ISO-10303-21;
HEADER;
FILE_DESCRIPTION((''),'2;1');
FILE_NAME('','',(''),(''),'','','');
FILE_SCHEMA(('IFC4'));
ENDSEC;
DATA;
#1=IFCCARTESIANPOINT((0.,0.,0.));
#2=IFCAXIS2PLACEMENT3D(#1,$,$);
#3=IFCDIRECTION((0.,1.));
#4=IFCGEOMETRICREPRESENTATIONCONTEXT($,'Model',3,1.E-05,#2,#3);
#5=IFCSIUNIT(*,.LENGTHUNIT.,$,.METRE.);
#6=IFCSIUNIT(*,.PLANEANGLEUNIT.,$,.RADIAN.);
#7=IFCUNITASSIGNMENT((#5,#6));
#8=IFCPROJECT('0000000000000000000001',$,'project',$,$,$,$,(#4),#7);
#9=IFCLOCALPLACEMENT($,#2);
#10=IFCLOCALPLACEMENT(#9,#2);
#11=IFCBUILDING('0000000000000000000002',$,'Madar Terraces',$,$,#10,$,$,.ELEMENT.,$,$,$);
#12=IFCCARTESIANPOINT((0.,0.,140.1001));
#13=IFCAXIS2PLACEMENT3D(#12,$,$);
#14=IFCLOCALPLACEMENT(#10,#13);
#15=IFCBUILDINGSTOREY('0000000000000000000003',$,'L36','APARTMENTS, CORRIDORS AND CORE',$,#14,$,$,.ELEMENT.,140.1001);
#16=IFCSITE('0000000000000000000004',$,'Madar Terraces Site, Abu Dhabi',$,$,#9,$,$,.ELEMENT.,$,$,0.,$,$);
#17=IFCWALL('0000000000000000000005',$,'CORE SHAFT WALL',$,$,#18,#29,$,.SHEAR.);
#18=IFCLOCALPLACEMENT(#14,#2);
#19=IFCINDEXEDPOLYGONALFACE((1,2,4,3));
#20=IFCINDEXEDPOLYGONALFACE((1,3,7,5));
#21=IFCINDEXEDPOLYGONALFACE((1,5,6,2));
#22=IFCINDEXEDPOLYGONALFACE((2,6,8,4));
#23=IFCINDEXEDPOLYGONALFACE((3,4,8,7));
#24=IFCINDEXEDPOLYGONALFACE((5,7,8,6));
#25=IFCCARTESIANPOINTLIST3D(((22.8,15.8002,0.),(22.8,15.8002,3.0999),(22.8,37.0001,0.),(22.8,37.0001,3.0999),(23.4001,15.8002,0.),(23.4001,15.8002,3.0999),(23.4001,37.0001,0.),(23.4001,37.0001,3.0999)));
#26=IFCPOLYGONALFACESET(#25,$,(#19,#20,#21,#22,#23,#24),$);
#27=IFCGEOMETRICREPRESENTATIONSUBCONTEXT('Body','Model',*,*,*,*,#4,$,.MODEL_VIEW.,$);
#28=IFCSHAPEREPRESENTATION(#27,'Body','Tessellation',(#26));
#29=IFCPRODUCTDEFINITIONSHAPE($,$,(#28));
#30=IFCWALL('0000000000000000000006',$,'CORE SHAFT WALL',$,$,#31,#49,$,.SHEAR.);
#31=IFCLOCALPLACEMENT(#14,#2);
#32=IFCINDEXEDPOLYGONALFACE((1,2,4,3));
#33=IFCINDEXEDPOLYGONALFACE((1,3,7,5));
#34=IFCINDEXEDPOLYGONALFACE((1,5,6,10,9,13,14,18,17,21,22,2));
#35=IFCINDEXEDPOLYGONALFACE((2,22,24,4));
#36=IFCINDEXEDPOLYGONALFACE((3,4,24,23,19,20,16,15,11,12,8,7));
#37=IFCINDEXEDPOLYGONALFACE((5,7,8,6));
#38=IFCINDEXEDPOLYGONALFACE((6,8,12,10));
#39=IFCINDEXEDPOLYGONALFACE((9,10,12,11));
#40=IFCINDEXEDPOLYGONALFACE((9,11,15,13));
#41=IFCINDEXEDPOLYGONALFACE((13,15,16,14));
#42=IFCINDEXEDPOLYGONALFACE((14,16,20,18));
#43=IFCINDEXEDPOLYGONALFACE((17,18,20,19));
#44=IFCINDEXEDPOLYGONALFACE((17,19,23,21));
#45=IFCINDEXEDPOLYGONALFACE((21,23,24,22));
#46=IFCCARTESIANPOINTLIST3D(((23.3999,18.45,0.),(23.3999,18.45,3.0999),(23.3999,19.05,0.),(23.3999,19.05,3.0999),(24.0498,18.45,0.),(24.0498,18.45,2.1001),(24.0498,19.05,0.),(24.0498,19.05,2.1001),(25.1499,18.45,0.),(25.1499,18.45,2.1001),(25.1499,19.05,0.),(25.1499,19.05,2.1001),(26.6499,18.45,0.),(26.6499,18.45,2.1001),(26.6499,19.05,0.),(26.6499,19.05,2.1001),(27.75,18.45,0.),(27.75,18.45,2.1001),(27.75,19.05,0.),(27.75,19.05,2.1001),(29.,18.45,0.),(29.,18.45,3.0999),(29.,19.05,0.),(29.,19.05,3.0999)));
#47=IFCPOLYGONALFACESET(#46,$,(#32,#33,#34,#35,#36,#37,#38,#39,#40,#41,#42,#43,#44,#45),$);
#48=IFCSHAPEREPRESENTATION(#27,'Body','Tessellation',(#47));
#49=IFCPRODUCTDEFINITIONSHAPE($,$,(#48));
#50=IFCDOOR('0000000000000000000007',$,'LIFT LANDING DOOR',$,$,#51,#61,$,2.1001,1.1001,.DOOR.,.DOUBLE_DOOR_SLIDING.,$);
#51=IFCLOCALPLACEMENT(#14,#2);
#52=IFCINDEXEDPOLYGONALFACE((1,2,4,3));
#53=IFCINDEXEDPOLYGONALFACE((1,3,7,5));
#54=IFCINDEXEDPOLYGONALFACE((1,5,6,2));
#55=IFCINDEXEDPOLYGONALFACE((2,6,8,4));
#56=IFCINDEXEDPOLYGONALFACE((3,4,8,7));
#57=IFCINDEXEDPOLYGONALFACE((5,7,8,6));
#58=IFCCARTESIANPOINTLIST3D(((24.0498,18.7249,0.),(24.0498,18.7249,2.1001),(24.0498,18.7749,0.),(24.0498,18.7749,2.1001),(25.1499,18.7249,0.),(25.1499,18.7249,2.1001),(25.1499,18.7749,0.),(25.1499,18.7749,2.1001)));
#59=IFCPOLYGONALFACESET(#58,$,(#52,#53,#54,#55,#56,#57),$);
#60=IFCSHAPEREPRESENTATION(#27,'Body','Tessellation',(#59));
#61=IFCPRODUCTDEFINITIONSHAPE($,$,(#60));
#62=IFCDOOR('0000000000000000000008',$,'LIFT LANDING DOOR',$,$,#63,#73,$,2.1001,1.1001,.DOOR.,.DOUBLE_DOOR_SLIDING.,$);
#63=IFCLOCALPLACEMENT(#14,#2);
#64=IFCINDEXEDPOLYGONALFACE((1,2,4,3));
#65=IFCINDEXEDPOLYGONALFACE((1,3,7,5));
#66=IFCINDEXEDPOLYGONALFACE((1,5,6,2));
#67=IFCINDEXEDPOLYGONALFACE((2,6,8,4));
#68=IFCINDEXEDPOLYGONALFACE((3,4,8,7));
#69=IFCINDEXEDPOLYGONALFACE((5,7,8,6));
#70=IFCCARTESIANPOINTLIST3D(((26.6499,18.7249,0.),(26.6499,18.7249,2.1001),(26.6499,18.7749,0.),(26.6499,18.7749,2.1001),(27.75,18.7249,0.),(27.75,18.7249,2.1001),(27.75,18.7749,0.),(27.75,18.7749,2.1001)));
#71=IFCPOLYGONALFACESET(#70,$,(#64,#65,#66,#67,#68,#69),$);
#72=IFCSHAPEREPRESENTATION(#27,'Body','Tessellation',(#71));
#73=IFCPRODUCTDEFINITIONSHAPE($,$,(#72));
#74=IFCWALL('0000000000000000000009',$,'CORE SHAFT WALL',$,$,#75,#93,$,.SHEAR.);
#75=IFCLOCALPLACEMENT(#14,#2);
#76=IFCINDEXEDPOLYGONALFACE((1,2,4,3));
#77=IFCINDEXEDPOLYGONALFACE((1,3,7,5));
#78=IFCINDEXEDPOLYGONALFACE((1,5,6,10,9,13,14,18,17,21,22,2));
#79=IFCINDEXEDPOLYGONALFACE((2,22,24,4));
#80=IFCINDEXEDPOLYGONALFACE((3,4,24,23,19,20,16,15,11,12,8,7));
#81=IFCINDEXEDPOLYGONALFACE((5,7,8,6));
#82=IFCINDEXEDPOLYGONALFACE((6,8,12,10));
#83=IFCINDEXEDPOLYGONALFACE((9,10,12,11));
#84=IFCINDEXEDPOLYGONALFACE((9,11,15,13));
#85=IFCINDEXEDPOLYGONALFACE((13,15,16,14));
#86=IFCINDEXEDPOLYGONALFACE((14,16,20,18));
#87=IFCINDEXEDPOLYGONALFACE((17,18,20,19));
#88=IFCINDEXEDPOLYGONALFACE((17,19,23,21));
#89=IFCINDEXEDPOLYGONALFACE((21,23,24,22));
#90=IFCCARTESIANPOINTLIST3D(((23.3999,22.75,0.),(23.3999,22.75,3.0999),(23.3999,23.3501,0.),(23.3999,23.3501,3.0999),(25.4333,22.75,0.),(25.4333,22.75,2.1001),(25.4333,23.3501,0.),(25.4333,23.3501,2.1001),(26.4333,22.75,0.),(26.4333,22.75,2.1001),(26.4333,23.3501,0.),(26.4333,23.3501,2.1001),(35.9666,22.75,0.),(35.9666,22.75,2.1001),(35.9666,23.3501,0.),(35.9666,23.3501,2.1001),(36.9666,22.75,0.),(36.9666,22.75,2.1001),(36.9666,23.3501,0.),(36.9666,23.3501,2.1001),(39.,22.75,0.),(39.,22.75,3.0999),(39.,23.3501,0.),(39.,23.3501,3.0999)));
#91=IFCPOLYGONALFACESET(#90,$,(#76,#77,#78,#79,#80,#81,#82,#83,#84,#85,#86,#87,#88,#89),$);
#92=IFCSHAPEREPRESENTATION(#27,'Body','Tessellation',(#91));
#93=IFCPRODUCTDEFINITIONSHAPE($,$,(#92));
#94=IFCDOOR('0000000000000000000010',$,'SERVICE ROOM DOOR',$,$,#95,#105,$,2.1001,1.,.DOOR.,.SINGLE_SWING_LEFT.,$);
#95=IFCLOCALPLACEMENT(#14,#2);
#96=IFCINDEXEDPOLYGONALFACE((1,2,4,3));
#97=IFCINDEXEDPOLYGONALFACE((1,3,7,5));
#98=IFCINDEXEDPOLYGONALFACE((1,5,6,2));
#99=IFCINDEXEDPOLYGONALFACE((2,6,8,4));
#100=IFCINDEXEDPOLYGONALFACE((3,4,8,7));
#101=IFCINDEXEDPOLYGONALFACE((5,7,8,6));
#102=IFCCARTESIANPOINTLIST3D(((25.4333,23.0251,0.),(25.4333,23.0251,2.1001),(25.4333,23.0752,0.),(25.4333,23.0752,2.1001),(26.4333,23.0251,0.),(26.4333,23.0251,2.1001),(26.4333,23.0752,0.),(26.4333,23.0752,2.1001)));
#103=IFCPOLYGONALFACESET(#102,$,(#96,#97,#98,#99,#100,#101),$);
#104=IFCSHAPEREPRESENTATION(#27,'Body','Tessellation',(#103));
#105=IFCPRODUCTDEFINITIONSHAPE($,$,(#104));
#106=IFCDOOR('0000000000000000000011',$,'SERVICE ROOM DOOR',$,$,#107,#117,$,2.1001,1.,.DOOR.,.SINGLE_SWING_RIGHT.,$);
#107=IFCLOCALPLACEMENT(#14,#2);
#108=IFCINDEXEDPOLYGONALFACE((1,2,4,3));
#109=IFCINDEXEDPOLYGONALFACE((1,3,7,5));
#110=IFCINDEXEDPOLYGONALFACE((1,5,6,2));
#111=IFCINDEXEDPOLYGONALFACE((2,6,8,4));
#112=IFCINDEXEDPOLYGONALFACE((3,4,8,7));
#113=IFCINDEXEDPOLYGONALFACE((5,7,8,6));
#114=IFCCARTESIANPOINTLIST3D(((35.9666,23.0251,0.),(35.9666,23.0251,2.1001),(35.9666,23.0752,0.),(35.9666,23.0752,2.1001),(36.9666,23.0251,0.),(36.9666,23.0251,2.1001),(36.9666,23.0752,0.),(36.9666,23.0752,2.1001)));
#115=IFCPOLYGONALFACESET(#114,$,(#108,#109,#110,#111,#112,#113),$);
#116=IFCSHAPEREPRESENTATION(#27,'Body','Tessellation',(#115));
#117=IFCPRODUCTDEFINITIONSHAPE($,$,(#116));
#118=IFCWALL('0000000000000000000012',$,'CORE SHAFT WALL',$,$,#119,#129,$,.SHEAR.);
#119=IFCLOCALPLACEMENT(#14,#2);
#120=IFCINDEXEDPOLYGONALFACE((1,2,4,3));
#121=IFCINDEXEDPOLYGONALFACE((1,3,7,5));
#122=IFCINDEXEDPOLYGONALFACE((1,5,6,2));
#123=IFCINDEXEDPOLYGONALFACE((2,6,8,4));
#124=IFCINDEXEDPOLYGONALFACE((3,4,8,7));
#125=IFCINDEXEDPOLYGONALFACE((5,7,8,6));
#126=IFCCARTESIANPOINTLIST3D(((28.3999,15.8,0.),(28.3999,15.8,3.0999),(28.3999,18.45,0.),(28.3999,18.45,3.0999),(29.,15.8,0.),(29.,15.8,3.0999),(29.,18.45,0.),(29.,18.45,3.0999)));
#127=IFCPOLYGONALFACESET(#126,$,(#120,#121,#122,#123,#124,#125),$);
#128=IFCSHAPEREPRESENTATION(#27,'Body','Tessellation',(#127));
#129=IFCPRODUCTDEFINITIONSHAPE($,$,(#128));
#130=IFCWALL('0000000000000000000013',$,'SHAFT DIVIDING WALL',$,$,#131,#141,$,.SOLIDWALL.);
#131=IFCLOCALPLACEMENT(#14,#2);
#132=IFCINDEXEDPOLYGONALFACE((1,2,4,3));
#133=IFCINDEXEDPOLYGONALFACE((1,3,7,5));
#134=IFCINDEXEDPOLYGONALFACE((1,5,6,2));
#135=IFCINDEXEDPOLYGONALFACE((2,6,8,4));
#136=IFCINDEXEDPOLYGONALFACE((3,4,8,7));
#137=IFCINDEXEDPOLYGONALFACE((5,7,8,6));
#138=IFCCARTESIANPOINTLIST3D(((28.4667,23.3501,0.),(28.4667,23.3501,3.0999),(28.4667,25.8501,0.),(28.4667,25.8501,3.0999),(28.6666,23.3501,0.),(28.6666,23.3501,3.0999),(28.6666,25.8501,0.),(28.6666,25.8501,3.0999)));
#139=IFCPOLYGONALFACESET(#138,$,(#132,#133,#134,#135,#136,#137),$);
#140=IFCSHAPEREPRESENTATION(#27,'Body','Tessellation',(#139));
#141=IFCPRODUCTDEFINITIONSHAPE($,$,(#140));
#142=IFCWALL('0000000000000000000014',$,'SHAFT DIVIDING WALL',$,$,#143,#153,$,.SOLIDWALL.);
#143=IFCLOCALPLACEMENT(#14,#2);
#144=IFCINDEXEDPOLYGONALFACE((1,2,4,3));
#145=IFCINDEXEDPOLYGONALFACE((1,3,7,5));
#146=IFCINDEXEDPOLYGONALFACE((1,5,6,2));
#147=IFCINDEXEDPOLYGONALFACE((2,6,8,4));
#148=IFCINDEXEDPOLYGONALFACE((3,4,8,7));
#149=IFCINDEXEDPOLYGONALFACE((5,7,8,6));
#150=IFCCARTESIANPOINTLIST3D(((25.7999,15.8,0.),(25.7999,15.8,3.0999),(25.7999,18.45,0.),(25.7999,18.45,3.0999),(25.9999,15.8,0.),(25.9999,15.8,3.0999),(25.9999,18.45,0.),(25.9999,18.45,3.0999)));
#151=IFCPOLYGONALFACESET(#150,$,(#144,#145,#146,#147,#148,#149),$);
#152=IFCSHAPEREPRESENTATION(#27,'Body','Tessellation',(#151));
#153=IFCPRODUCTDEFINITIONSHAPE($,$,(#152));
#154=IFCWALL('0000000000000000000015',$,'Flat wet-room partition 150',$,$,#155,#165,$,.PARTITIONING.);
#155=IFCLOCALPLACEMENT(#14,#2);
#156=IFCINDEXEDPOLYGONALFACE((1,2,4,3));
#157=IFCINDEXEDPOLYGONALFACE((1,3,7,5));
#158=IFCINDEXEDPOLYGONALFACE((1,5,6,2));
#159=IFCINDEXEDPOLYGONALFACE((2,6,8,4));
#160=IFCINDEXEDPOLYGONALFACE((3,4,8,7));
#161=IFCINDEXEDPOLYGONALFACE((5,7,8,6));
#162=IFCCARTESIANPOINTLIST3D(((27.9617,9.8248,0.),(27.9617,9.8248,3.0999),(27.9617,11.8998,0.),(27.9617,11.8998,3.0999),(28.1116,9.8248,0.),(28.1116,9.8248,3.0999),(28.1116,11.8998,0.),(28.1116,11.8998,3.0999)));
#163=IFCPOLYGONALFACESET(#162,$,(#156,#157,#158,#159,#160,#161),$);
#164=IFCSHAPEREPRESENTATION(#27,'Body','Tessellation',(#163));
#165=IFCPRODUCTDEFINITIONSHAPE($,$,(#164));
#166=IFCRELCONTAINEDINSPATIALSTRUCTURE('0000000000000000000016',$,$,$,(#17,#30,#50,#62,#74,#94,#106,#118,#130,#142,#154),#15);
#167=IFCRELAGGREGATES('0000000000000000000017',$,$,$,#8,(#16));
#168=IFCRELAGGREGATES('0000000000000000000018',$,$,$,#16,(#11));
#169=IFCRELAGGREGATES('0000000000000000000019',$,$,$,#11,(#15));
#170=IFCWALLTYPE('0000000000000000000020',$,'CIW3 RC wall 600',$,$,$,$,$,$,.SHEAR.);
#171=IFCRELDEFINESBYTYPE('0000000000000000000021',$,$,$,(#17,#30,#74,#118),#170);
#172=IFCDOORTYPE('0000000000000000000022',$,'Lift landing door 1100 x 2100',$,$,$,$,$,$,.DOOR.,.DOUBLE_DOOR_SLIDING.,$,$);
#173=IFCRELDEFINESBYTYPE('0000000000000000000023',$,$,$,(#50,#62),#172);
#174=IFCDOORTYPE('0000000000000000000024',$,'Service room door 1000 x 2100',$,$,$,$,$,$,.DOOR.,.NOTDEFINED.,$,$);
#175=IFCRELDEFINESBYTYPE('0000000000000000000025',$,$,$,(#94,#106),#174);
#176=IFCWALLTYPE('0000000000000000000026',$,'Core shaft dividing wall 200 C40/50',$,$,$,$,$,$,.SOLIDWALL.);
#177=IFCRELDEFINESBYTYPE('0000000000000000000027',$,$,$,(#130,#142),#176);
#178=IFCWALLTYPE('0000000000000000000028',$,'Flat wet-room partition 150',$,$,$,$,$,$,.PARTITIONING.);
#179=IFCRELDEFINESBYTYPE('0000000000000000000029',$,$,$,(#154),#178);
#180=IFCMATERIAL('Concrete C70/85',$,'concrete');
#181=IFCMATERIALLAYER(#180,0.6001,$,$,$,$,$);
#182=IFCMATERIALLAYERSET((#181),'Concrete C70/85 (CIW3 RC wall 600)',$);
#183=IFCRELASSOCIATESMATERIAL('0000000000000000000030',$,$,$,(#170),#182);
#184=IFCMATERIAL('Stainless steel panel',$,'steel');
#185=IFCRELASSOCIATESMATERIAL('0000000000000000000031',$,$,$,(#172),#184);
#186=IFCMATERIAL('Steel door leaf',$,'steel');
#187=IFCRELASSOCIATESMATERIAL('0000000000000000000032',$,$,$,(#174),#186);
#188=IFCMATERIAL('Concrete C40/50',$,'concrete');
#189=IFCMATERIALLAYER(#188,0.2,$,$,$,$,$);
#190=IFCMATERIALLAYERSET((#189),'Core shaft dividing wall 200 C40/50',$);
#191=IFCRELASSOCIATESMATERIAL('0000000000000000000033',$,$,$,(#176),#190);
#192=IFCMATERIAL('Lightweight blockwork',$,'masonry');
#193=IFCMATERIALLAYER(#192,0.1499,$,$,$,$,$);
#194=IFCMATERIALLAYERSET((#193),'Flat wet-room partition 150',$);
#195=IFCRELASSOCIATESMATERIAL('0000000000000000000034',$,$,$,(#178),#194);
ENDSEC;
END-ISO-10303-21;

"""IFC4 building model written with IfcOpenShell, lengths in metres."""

from ifc_helpers import new_model, si_unit, direction, frame, frame_2d, origin, place, context, subcontext, project, spatial, rectangle, extrude, material, layer, layer_set, type_object, element, fill, save


model = new_model("IFC4")

# Units and contexts
model_context = context("Model", 3, precision=1e-05, world=origin(), true_north=direction((0.0, 1.0)))
body_context = subcontext(model_context, "Body", "Model", "MODEL_VIEW")
ifc_project = project(units=[si_unit("LENGTHUNIT", "METRE"), si_unit("PLANEANGLEUNIT", "RADIAN")], contexts=[model_context])

# Site, building, storey
site_placement = place(None, origin())
site = spatial("IfcSite", under=ifc_project, at=site_placement, Name="Madar Terraces Site, Abu Dhabi", CompositionType="ELEMENT", RefElevation=0.0)
building_placement = place(site_placement, origin())
building = spatial("IfcBuilding", under=site, at=building_placement, Name="Madar Terraces", CompositionType="ELEMENT")
storey_placement = place(building_placement, frame((0.0, 0.0, 140.1001)))
storey = spatial("IfcBuildingStorey", under=building, at=storey_placement, Name="L36", Description="APARTMENTS, CORRIDORS AND CORE", CompositionType="ELEMENT", Elevation=140.1001)

# Wall
ifc_material_1 = material(Name="Concrete C70/85", Category="concrete")
ifc_layer_1 = layer(ifc_material_1, 0.6001)
ifc_layer_set_1 = layer_set([ifc_layer_1], Name="Concrete C70/85 (CIW3 RC wall 600)")
wall_type_1 = type_object("IfcWallType", Name="CIW3 RC wall 600", PredefinedType="SHEAR", material=ifc_layer_set_1)
wall_1_placement = place(storey_placement, frame((23.1001, 15.8, 0.0), z_axis=(0.0, 0.0, 1.0), x_axis=(0.0, 1.0, 0.0)))
element("IfcWall", 1, at=wall_1_placement, inside=storey, type_object=wall_type_1, Name="CORE SHAFT WALL", PredefinedType="SHEAR", context=body_context, shape_type="SweptSolid", body=[
    extrude(rectangle(XDim=21.2, YDim=0.6001, at=frame_2d((10.6001, 0.0))), origin(), (0.0, 0.0, 1.0), 3.0999),
])

# Walls, openings, doors
wall_2_placement = place(storey_placement, frame((23.3999, 18.75, 0.0), z_axis=(0.0, 0.0, 1.0), x_axis=(1.0, 0.0, 0.0)))
wall_2 = element("IfcWall", 2, at=wall_2_placement, inside=storey, type_object=wall_type_1, Name="CORE SHAFT WALL", PredefinedType="SHEAR", context=body_context, shape_type="SweptSolid", body=[
    extrude(rectangle(XDim=5.6001, YDim=0.6001, at=frame_2d((2.8, 0.0))), origin(), (0.0, 0.0, 1.0), 3.0999),
])
opening_1_placement = place(wall_2_placement, frame((0.6499, 0.0, 0.0)))
opening_1 = element("IfcOpeningElement", 3, at=opening_1_placement, cuts=wall_2, PredefinedType="OPENING", context=body_context, shape_type="SweptSolid", body=[
    extrude(rectangle(XDim=1.1001, YDim=2.1001, at=frame_2d((0.55, 1.05))), frame((0.0, 0.3101, 0.0), z_axis=(0.0, -1.0, 0.0), x_axis=(1.0, 0.0, 0.0)), (0.0, 0.0, 1.0), 0.6201),
])
opening_2_placement = place(wall_2_placement, frame((3.25, 0.0, 0.0)))
opening_2 = element("IfcOpeningElement", 4, at=opening_2_placement, cuts=wall_2, PredefinedType="OPENING", context=body_context, shape_type="SweptSolid", body=[
    extrude(rectangle(XDim=1.1001, YDim=2.1001, at=frame_2d((0.55, 1.05))), frame((0.0, 0.3101, 0.0), z_axis=(0.0, -1.0, 0.0), x_axis=(1.0, 0.0, 0.0)), (0.0, 0.0, 1.0), 0.6201),
])
ifc_material_2 = material(Name="Stainless steel panel", Category="steel")
door_type_1 = type_object("IfcDoorType", Name="Lift landing door 1100 x 2100", OperationType="DOUBLE_DOOR_SLIDING", PredefinedType="DOOR", material=ifc_material_2)
door_1_placement = place(opening_1_placement, origin())
door_1 = element("IfcDoor", 5, at=door_1_placement, inside=storey, type_object=door_type_1, Name="LIFT LANDING DOOR", OperationType="DOUBLE_DOOR_SLIDING", OverallHeight=2.1001, OverallWidth=1.1001, PredefinedType="DOOR", context=body_context, shape_type="SweptSolid", body=[
    extrude(rectangle(XDim=1.1001, YDim=2.1001, at=frame_2d((0.55, 1.05))), frame((0.0, 0.0249, 0.0), z_axis=(0.0, -1.0, 0.0), x_axis=(1.0, 0.0, 0.0)), (0.0, 0.0, 1.0), 0.05),
])
fill(opening_1, door_1)
door_2_placement = place(opening_2_placement, origin())
door_2 = element("IfcDoor", 6, at=door_2_placement, inside=storey, type_object=door_type_1, Name="LIFT LANDING DOOR", OperationType="DOUBLE_DOOR_SLIDING", OverallHeight=2.1001, OverallWidth=1.1001, PredefinedType="DOOR", context=body_context, shape_type="SweptSolid", body=[
    extrude(rectangle(XDim=1.1001, YDim=2.1001, at=frame_2d((0.55, 1.05))), frame((0.0, 0.0249, 0.0), z_axis=(0.0, -1.0, 0.0), x_axis=(1.0, 0.0, 0.0)), (0.0, 0.0, 1.0), 0.05),
])
fill(opening_2, door_2)
wall_3_placement = place(storey_placement, frame((23.3999, 23.05, 0.0), z_axis=(0.0, 0.0, 1.0), x_axis=(1.0, 0.0, 0.0)))
wall_3 = element("IfcWall", 7, at=wall_3_placement, inside=storey, type_object=wall_type_1, Name="CORE SHAFT WALL", PredefinedType="SHEAR", context=body_context, shape_type="SweptSolid", body=[
    extrude(rectangle(XDim=15.6001, YDim=0.6001, at=frame_2d((7.8, 0.0))), origin(), (0.0, 0.0, 1.0), 3.0999),
])
opening_3_placement = place(wall_3_placement, frame((2.0334, 0.0, 0.0)))
opening_3 = element("IfcOpeningElement", 8, at=opening_3_placement, cuts=wall_3, PredefinedType="OPENING", context=body_context, shape_type="SweptSolid", body=[
    extrude(rectangle(XDim=1.0, YDim=2.1001, at=frame_2d((0.5, 1.05))), frame((0.0, 0.3101, 0.0), z_axis=(0.0, -1.0, 0.0), x_axis=(1.0, 0.0, 0.0)), (0.0, 0.0, 1.0), 0.6201),
])
opening_4_placement = place(wall_3_placement, frame((12.5667, 0.0, 0.0)))
opening_4 = element("IfcOpeningElement", 9, at=opening_4_placement, cuts=wall_3, PredefinedType="OPENING", context=body_context, shape_type="SweptSolid", body=[
    extrude(rectangle(XDim=1.0, YDim=2.1001, at=frame_2d((0.5, 1.05))), frame((0.0, 0.3101, 0.0), z_axis=(0.0, -1.0, 0.0), x_axis=(1.0, 0.0, 0.0)), (0.0, 0.0, 1.0), 0.6201),
])
ifc_material_3 = material(Name="Steel door leaf", Category="steel")
door_type_2 = type_object("IfcDoorType", Name="Service room door 1000 x 2100", OperationType="NOTDEFINED", PredefinedType="DOOR", material=ifc_material_3)
door_3_placement = place(opening_3_placement, frame((1.0, 0.0, 0.0), z_axis=(0.0, 0.0, 1.0), x_axis=(-1.0, 0.0, 0.0)))
door_3 = element("IfcDoor", 10, at=door_3_placement, inside=storey, type_object=door_type_2, Name="SERVICE ROOM DOOR", OperationType="SINGLE_SWING_LEFT", OverallHeight=2.1001, OverallWidth=1.0, PredefinedType="DOOR", context=body_context, shape_type="SweptSolid", body=[
    extrude(rectangle(XDim=1.0, YDim=2.1001, at=frame_2d((0.5, 1.05))), frame((0.0, 0.0249, 0.0), z_axis=(0.0, -1.0, 0.0), x_axis=(1.0, 0.0, 0.0)), (0.0, 0.0, 1.0), 0.05),
])
fill(opening_3, door_3)
door_4_placement = place(opening_4_placement, frame((1.0, 0.0, 0.0), z_axis=(0.0, 0.0, 1.0), x_axis=(-1.0, 0.0, 0.0)))
door_4 = element("IfcDoor", 11, at=door_4_placement, inside=storey, type_object=door_type_2, Name="SERVICE ROOM DOOR", OperationType="SINGLE_SWING_RIGHT", OverallHeight=2.1001, OverallWidth=1.0, PredefinedType="DOOR", context=body_context, shape_type="SweptSolid", body=[
    extrude(rectangle(XDim=1.0, YDim=2.1001, at=frame_2d((0.5, 1.05))), frame((0.0, 0.0249, 0.0), z_axis=(0.0, -1.0, 0.0), x_axis=(1.0, 0.0, 0.0)), (0.0, 0.0, 1.0), 0.05),
])
fill(opening_4, door_4)

# Walls
wall_4_placement = place(storey_placement, frame((28.7, 15.8, 0.0), z_axis=(0.0, 0.0, 1.0), x_axis=(0.0, 1.0, 0.0)))
element("IfcWall", 12, at=wall_4_placement, inside=storey, type_object=wall_type_1, Name="CORE SHAFT WALL", PredefinedType="SHEAR", context=body_context, shape_type="SweptSolid", body=[
    extrude(rectangle(XDim=2.6499, YDim=0.6001, at=frame_2d((1.325, 0.0))), origin(), (0.0, 0.0, 1.0), 3.0999),
])
ifc_material_4 = material(Name="Concrete C40/50", Category="concrete")
ifc_layer_2 = layer(ifc_material_4, 0.2)
ifc_layer_set_2 = layer_set([ifc_layer_2], Name="Core shaft dividing wall 200 C40/50")
wall_type_2 = type_object("IfcWallType", Name="Core shaft dividing wall 200 C40/50", PredefinedType="SOLIDWALL", material=ifc_layer_set_2)
wall_5_placement = place(storey_placement, frame((28.5667, 23.3501, 0.0), z_axis=(0.0, 0.0, 1.0), x_axis=(0.0, 1.0, 0.0)))
element("IfcWall", 13, at=wall_5_placement, inside=storey, type_object=wall_type_2, Name="SHAFT DIVIDING WALL", PredefinedType="SOLIDWALL", context=body_context, shape_type="SweptSolid", body=[
    extrude(rectangle(XDim=2.5, YDim=0.2, at=frame_2d((1.25, 0.0))), origin(), (0.0, 0.0, 1.0), 3.0999),
])
wall_6_placement = place(storey_placement, frame((25.8999, 15.8, 0.0), z_axis=(0.0, 0.0, 1.0), x_axis=(0.0, 1.0, 0.0)))
element("IfcWall", 14, at=wall_6_placement, inside=storey, type_object=wall_type_2, Name="SHAFT DIVIDING WALL", PredefinedType="SOLIDWALL", context=body_context, shape_type="SweptSolid", body=[
    extrude(rectangle(XDim=2.6499, YDim=0.2, at=frame_2d((1.325, 0.0))), origin(), (0.0, 0.0, 1.0), 3.0999),
])
ifc_material_5 = material(Name="Lightweight blockwork", Category="masonry")
ifc_layer_3 = layer(ifc_material_5, 0.1499)
ifc_layer_set_3 = layer_set([ifc_layer_3], Name="Flat wet-room partition 150")
wall_type_3 = type_object("IfcWallType", Name="Flat wet-room partition 150", PredefinedType="PARTITIONING", material=ifc_layer_set_3)
wall_7_placement = place(storey_placement, frame((28.0366, 11.8999, 0.0), z_axis=(0.0, 0.0, 1.0), x_axis=(0.0, -1.0, 0.0)))
element("IfcWall", 15, at=wall_7_placement, inside=storey, type_object=wall_type_3, Name="Flat wet-room partition 150", PredefinedType="PARTITIONING", context=body_context, shape_type="SweptSolid", body=[
    extrude(rectangle(XDim=2.075, YDim=0.1499, at=frame_2d((1.0376, 0.0))), origin(), (0.0, 0.0, 1.0), 3.0999),
])

save(model, "model.ifc")
